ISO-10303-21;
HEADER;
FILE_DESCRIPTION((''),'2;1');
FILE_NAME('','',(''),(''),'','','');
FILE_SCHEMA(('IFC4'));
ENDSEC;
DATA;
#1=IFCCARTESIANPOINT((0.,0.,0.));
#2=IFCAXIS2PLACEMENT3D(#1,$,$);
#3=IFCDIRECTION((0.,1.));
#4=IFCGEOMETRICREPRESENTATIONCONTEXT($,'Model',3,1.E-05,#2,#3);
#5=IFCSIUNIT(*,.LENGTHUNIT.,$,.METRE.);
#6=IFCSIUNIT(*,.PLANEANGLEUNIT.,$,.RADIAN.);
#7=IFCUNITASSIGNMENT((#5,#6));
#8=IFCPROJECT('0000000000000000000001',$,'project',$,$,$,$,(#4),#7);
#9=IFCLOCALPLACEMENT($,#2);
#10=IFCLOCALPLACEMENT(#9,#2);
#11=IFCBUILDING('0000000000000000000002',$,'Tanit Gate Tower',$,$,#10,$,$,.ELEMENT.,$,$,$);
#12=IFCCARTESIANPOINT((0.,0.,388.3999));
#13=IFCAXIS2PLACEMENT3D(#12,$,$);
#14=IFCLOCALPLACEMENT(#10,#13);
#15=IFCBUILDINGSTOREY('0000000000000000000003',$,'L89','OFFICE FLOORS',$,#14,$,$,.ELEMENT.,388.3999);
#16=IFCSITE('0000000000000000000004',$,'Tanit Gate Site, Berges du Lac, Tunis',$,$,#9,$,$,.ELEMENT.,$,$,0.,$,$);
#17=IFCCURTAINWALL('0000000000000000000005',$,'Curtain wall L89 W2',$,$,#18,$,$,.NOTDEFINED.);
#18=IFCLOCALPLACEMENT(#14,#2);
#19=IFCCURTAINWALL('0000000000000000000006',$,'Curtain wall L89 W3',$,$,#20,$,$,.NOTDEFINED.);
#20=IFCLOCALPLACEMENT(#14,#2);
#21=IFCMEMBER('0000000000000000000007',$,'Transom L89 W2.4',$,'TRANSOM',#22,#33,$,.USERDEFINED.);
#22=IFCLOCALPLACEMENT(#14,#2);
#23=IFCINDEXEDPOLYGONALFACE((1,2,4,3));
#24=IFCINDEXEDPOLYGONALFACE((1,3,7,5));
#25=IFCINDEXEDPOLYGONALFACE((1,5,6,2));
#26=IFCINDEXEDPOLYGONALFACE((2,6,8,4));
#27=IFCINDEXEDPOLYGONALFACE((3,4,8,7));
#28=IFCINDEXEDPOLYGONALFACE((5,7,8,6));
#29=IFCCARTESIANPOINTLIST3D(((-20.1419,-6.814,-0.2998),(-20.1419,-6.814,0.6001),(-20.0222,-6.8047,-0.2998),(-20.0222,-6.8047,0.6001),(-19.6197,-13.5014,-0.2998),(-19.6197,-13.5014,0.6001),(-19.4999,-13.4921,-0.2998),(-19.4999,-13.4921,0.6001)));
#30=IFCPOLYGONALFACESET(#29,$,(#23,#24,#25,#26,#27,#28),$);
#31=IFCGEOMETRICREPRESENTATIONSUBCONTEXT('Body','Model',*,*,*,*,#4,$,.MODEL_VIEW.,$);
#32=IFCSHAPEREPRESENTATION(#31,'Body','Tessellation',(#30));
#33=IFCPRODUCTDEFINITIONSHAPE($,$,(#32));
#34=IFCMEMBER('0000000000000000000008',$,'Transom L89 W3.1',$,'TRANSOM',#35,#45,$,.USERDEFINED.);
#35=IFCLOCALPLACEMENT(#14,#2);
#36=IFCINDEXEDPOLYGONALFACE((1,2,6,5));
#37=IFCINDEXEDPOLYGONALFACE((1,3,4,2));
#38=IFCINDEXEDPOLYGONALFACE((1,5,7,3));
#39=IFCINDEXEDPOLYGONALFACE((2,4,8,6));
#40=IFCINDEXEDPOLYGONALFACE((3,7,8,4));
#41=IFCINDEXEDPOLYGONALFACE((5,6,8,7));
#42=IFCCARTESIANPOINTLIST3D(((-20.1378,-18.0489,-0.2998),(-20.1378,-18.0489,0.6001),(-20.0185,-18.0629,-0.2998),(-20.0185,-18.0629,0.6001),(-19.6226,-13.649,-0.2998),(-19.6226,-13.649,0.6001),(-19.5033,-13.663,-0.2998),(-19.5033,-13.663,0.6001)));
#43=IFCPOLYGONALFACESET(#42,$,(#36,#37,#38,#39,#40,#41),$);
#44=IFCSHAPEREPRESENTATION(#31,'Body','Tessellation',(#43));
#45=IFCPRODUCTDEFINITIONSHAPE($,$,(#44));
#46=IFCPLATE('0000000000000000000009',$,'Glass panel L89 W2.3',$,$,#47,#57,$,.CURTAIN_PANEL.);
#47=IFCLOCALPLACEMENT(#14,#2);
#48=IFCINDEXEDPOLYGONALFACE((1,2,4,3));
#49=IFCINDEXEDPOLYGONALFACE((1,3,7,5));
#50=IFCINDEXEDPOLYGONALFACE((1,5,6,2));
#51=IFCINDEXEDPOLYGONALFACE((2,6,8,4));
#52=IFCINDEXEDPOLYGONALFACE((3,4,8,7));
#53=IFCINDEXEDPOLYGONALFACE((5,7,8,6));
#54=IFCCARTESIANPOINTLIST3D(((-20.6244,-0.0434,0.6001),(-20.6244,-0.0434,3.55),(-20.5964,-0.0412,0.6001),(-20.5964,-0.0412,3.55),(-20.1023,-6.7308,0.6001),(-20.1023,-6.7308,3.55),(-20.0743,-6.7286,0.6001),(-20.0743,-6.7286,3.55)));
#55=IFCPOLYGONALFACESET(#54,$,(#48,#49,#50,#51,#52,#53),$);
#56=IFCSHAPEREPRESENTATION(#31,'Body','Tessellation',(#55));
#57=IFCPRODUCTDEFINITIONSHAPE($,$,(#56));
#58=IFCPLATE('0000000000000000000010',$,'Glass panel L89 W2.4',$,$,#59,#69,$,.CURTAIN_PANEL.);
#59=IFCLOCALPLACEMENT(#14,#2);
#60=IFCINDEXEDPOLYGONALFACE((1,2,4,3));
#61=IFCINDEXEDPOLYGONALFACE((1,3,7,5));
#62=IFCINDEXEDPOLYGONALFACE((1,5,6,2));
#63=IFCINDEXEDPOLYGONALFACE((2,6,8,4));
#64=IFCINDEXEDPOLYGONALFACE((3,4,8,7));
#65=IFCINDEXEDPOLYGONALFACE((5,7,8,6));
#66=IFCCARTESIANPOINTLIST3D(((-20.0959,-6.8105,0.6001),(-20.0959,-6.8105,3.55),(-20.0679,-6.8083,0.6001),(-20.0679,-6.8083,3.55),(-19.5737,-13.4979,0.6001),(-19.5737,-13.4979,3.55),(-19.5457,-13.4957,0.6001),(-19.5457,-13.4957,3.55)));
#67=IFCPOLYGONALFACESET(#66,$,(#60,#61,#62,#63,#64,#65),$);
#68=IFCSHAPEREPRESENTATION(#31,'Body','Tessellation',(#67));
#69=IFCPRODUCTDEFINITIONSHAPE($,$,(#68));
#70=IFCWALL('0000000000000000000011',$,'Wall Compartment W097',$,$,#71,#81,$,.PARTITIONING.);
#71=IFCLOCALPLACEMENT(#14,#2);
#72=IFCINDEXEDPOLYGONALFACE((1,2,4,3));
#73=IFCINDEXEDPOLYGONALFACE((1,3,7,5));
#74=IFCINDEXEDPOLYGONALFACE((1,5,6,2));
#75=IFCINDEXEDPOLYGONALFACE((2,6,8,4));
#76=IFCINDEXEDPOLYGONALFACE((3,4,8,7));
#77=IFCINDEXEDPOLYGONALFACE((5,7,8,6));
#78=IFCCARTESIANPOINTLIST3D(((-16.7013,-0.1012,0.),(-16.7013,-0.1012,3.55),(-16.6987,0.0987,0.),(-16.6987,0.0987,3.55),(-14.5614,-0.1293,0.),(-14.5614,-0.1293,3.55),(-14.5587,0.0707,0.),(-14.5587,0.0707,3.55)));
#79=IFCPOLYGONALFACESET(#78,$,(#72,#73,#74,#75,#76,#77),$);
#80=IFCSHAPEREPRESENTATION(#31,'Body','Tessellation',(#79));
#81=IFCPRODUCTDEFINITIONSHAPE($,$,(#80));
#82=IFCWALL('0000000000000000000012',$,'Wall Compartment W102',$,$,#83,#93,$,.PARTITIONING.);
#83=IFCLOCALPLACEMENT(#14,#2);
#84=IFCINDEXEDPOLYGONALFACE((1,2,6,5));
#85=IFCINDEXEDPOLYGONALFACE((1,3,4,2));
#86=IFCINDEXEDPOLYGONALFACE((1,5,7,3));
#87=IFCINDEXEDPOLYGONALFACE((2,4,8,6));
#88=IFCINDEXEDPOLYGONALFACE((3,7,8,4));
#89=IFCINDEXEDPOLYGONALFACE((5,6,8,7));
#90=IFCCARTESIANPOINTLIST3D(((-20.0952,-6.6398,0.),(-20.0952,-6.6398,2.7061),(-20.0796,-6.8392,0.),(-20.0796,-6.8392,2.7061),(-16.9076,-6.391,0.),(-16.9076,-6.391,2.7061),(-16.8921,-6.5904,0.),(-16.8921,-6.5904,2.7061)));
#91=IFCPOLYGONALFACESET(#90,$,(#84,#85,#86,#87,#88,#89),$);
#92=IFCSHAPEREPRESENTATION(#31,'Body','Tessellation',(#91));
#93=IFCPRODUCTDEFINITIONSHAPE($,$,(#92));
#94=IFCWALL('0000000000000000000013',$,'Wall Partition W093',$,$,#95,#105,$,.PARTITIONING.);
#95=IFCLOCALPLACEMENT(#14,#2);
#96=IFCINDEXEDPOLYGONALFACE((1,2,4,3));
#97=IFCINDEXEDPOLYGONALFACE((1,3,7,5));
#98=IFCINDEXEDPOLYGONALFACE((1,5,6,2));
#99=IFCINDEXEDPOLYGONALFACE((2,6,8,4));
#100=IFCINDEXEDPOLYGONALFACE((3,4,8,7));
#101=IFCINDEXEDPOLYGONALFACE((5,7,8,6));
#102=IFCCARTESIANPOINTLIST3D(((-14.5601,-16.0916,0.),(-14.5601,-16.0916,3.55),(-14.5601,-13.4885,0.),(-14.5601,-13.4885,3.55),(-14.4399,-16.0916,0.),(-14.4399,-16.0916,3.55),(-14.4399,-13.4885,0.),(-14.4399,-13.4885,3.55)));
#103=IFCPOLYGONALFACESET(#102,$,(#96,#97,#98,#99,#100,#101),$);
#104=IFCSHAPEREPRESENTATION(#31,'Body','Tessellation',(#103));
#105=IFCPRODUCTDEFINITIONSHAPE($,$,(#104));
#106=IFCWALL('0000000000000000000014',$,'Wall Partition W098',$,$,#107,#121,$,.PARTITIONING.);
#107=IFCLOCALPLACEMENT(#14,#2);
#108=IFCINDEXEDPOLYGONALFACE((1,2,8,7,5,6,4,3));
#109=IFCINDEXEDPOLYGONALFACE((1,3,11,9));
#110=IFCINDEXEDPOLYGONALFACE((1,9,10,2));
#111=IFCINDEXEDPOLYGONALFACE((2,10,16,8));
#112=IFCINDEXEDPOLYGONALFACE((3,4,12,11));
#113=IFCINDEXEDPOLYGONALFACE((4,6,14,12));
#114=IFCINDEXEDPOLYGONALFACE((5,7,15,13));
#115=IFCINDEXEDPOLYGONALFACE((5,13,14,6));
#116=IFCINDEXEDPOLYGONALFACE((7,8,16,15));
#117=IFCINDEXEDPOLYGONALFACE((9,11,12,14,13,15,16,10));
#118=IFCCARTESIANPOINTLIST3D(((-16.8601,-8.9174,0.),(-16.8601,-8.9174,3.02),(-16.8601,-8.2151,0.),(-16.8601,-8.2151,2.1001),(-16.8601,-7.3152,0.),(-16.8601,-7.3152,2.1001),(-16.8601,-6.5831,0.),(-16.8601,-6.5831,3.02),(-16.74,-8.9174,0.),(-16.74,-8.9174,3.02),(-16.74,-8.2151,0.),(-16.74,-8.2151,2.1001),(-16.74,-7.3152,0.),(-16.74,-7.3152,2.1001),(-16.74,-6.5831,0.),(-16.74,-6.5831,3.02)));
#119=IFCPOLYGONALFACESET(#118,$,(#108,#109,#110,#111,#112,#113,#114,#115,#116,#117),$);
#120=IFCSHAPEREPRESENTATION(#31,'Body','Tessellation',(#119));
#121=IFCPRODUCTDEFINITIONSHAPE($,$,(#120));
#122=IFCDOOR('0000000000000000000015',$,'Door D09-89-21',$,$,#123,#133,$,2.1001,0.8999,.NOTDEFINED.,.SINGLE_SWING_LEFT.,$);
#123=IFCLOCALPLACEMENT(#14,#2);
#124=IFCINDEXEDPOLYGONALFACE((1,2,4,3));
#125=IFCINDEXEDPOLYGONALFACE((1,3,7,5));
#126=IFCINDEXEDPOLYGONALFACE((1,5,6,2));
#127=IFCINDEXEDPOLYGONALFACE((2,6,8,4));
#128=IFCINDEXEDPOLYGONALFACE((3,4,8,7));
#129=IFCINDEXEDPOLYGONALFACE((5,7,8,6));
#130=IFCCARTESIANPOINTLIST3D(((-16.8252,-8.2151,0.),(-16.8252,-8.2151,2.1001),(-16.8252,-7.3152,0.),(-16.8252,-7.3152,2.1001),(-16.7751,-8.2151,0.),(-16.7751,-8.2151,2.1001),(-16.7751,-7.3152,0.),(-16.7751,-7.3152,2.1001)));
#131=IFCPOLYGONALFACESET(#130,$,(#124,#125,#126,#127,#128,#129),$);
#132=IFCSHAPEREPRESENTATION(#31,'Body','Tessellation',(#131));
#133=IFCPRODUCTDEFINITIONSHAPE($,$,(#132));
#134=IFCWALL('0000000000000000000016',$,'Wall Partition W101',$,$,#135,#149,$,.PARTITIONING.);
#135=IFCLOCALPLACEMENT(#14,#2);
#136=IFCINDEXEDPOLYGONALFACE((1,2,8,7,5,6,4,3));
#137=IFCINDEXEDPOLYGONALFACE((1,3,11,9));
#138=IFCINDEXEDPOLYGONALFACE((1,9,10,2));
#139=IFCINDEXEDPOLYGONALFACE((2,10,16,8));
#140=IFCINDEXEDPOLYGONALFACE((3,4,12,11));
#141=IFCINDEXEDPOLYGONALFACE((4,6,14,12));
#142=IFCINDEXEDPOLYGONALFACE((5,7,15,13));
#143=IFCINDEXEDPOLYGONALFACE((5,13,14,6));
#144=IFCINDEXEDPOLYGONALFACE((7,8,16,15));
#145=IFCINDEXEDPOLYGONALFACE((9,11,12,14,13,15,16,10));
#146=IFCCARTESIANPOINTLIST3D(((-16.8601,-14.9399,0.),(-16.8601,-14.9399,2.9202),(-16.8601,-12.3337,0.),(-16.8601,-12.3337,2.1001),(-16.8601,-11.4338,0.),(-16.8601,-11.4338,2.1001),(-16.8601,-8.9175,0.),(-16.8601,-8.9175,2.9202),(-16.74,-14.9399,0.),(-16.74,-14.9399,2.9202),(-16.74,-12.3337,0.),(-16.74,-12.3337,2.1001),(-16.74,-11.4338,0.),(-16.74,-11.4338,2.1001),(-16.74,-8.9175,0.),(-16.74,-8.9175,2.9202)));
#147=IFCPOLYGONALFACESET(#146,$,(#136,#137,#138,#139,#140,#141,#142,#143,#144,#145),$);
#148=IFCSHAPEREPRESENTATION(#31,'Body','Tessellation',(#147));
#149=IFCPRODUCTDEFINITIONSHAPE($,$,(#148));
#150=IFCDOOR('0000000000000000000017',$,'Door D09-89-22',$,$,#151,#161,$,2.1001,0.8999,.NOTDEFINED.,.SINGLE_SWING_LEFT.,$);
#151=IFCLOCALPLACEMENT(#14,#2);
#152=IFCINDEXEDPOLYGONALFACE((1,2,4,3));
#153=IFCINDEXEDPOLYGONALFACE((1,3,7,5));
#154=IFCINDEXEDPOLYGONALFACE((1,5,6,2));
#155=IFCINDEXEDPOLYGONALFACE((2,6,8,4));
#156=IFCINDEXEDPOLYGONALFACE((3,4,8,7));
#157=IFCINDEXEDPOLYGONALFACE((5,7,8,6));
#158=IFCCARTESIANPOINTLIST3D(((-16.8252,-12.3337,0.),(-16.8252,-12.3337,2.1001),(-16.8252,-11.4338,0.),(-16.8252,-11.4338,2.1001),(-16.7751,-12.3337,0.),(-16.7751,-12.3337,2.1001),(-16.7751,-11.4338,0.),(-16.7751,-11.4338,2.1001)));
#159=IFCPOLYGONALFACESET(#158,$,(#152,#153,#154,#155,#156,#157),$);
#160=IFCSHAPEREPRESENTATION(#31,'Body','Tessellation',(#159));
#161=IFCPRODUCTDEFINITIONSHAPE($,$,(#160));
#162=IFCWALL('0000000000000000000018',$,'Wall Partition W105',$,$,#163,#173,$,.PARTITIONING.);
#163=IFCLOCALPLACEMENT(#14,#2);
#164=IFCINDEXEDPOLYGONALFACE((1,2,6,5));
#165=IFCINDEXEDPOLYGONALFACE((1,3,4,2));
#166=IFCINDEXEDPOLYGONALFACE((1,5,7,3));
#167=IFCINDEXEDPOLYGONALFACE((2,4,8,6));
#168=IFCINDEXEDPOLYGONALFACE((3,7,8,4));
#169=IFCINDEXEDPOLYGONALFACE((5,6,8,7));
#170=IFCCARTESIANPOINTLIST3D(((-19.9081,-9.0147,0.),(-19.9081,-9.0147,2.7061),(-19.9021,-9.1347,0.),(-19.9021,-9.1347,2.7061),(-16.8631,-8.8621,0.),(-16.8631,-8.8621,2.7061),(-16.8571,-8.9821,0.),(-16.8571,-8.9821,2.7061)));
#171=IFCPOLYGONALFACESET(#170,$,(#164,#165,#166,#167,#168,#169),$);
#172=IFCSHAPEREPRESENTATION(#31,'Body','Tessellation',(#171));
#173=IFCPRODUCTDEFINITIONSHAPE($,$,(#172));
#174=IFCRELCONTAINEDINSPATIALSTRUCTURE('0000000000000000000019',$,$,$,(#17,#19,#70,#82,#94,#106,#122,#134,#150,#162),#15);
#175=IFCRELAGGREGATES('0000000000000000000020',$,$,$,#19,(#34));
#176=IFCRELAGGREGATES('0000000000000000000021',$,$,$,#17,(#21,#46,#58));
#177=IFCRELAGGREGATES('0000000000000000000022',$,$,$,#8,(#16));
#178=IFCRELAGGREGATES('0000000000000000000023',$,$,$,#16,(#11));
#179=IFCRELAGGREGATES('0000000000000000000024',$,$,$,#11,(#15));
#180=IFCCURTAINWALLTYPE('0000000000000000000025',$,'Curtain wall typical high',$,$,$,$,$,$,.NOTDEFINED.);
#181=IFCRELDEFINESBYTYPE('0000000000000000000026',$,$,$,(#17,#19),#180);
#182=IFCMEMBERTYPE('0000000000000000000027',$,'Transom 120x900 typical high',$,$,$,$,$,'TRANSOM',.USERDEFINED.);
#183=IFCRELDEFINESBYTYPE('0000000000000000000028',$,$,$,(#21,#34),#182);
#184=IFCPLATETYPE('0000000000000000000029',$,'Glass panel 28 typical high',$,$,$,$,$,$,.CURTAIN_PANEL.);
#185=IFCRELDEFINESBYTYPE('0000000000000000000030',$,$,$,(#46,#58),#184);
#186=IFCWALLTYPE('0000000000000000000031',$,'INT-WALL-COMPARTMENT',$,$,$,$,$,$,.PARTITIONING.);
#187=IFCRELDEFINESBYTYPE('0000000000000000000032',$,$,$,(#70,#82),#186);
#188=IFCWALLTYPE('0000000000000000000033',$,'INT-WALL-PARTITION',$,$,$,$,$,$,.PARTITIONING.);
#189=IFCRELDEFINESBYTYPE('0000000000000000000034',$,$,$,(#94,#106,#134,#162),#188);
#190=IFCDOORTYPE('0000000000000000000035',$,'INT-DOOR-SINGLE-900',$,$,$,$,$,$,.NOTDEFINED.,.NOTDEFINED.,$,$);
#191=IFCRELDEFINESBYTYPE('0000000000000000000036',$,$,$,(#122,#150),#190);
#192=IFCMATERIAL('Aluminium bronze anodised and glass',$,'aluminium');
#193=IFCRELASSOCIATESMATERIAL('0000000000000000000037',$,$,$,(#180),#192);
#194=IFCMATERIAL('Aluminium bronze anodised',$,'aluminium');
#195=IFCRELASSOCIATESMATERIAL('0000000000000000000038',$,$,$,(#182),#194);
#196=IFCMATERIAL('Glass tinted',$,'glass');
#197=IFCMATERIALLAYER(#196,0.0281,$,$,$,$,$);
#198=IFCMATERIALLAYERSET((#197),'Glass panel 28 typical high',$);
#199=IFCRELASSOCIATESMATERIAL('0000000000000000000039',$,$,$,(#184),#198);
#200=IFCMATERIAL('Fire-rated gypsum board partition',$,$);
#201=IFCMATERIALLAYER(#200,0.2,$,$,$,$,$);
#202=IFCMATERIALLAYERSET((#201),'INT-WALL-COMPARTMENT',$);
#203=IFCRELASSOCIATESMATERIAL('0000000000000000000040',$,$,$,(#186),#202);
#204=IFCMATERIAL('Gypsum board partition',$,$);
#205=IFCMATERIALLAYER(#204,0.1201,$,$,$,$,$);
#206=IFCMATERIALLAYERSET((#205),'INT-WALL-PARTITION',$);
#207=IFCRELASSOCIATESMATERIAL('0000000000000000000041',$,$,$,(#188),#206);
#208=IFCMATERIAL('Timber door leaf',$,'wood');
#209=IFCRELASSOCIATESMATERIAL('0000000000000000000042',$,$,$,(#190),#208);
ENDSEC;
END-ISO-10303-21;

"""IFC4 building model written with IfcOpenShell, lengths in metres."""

from ifc_helpers import new_model, si_unit, direction, frame, frame_2d, origin, origin_2d, place, context, subcontext, project, spatial, rectangle, extrude, material, layer, layer_set, material_profile, profile_set, type_object, element, fill, aggregate, save


model = new_model("IFC4")

# Units and contexts
model_context = context("Model", 3, precision=1e-05, world=origin(), true_north=direction((0.0, 1.0)))
body_context = subcontext(model_context, "Body", "Model", "MODEL_VIEW")
ifc_project = project(units=[si_unit("LENGTHUNIT", "METRE"), si_unit("PLANEANGLEUNIT", "RADIAN")], contexts=[model_context])

# Site, building, storey
site_placement = place(None, origin())
site = spatial("IfcSite", under=ifc_project, at=site_placement, Name="Tanit Gate Site, Berges du Lac, Tunis", CompositionType="ELEMENT", RefElevation=0.0)
building_placement = place(site_placement, origin())
building = spatial("IfcBuilding", under=site, at=building_placement, Name="Tanit Gate Tower", CompositionType="ELEMENT")
storey_placement = place(building_placement, frame((0.0, 0.0, 388.3999)))
storey = spatial("IfcBuildingStorey", under=building, at=storey_placement, Name="L89", Description="OFFICE FLOORS", CompositionType="ELEMENT", Elevation=388.3999)

# Curtain wall
ifc_material_1 = material(Name="Aluminium bronze anodised and glass", Category="aluminium")
curtain_wall_type = type_object("IfcCurtainWallType", Name="Curtain wall typical high", PredefinedType="NOTDEFINED", material=ifc_material_1)
curtain_wall_1_placement = place(storey_placement, origin())
curtain_wall_1 = element("IfcCurtainWall", 1, at=curtain_wall_1_placement, inside=storey, type_object=curtain_wall_type, Name="Curtain wall L89 W2", PredefinedType="NOTDEFINED")

# Curtain wall
curtain_wall_2_placement = place(storey_placement, origin())
curtain_wall_2 = element("IfcCurtainWall", 2, at=curtain_wall_2_placement, inside=storey, type_object=curtain_wall_type, Name="Curtain wall L89 W3", PredefinedType="NOTDEFINED")

# Members
ifc_material_2 = material(Name="Aluminium bronze anodised", Category="aluminium")
ifc_material_profile_1 = material_profile(ifc_material_2, rectangle(XDim=0.1201, YDim=0.8999, at=origin_2d()), Name="120x900 bronze transom")
ifc_profile_set_1 = profile_set([ifc_material_profile_1], Name="Aluminium bronze anodised")
member_type_1 = type_object("IfcMemberType", Name="Transom 120x900 typical high", ElementType="TRANSOM", PredefinedType="USERDEFINED", material=ifc_profile_set_1)
member_1_placement = place(storey_placement, frame((-20.082, -6.8093, 0.1501), z_axis=(0.077851, -0.996965, 0.0), x_axis=(0.996965, 0.077851, 0.0)))
member_1 = element("IfcMember", 3, at=member_1_placement, type_object=member_type_1, Name="Transom L89 W2.4", ObjectType="TRANSOM", PredefinedType="USERDEFINED", context=body_context, shape_type="SweptSolid", body=[
    extrude(rectangle(XDim=0.1201, YDim=0.8999, at=origin_2d()), origin(), (0.0, 0.0, 1.0), 6.7078),
])
member_2_placement = place(storey_placement, frame((-19.563, -13.656, 0.1501), z_axis=(-0.116285, -0.993216, 0.0), x_axis=(0.993216, -0.116285, 0.0)))
member_2 = element("IfcMember", 4, at=member_2_placement, type_object=member_type_1, Name="Transom L89 W3.1", ObjectType="TRANSOM", PredefinedType="USERDEFINED", context=body_context, shape_type="SweptSolid", body=[
    extrude(rectangle(XDim=0.1201, YDim=0.8999, at=origin_2d()), origin(), (0.0, 0.0, 1.0), 4.4299),
])
aggregate(curtain_wall_2, [member_2])

# Plates
ifc_material_3 = material(Name="Glass tinted", Category="glass")
ifc_layer_1 = layer(ifc_material_3, 0.0281)
ifc_layer_set_1 = layer_set([ifc_layer_1], Name="Glass panel 28 typical high")
plate_type = type_object("IfcPlateType", Name="Glass panel 28 typical high", PredefinedType="CURTAIN_PANEL", material=ifc_layer_set_1)
plate_1_placement = place(storey_placement, frame((-20.3494, -3.386, 0.6001), z_axis=(0.0, 0.0, 1.0), x_axis=(0.077839, -0.996966, 0.0)))
plate_1 = element("IfcPlate", 5, at=plate_1_placement, type_object=plate_type, Name="Glass panel L89 W2.3", PredefinedType="CURTAIN_PANEL", context=body_context, shape_type="SweptSolid", body=[
    extrude(rectangle(XDim=6.7078, YDim=0.0281, at=origin_2d()), origin(), (0.0, 0.0, 1.0), 2.95),
])
plate_2_placement = place(storey_placement, frame((-19.8208, -10.1531, 0.6001), z_axis=(0.0, 0.0, 1.0), x_axis=(0.077839, -0.996966, 0.0)))
plate_2 = element("IfcPlate", 6, at=plate_2_placement, type_object=plate_type, Name="Glass panel L89 W2.4", PredefinedType="CURTAIN_PANEL", context=body_context, shape_type="SweptSolid", body=[
    extrude(rectangle(XDim=6.7078, YDim=0.0281, at=origin_2d()), origin(), (0.0, 0.0, 1.0), 2.95),
])
aggregate(curtain_wall_1, [member_1, plate_1, plate_2])

# Walls
ifc_material_4 = material(Name="Fire-rated gypsum board partition")
ifc_layer_2 = layer(ifc_material_4, 0.2)
ifc_layer_set_2 = layer_set([ifc_layer_2], Name="INT-WALL-COMPARTMENT")
wall_type_1 = type_object("IfcWallType", Name="INT-WALL-COMPARTMENT", PredefinedType="PARTITIONING", material=ifc_layer_set_2)
wall_1_placement = place(storey_placement, frame((-14.5601, -0.0293, 0.0), z_axis=(0.0, 0.0, 1.0), x_axis=(-0.999914, 0.013119, 0.0)))
element("IfcWall", 7, at=wall_1_placement, inside=storey, type_object=wall_type_1, Name="Wall Compartment W097", PredefinedType="PARTITIONING", context=body_context, shape_type="SweptSolid", body=[
    extrude(rectangle(XDim=2.1401, YDim=0.2, at=frame_2d((1.0701, 0.0))), origin(), (0.0, 0.0, 1.0), 3.55),
])
wall_2_placement = place(storey_placement, frame((-20.0874, -6.7395, 0.0), z_axis=(0.0, 0.0, 1.0), x_axis=(0.996968, 0.077812, 0.0)))
element("IfcWall", 8, at=wall_2_placement, inside=storey, type_object=wall_type_1, Name="Wall Compartment W102", PredefinedType="PARTITIONING", context=body_context, shape_type="SweptSolid", body=[
    extrude(rectangle(XDim=3.1973, YDim=0.2, at=frame_2d((1.5986, 0.0))), origin(), (0.0, 0.0, 1.0), 2.7061),
])
ifc_material_5 = material(Name="Gypsum board partition")
ifc_layer_3 = layer(ifc_material_5, 0.1201)
ifc_layer_set_3 = layer_set([ifc_layer_3], Name="INT-WALL-PARTITION")
wall_type_2 = type_object("IfcWallType", Name="INT-WALL-PARTITION", PredefinedType="PARTITIONING", material=ifc_layer_set_3)
wall_3_placement = place(storey_placement, frame((-14.5, -13.4885, 0.0), z_axis=(0.0, 0.0, 1.0), x_axis=(0.0, -1.0, 0.0)))
element("IfcWall", 9, at=wall_3_placement, inside=storey, type_object=wall_type_2, Name="Wall Partition W093", PredefinedType="PARTITIONING", context=body_context, shape_type="SweptSolid", body=[
    extrude(rectangle(XDim=2.603, YDim=0.1201, at=frame_2d((1.3015, 0.0))), origin(), (0.0, 0.0, 1.0), 3.55),
])

# Walls, openings, doors
wall_4_placement = place(storey_placement, frame((-16.8, -6.5833, 0.0), z_axis=(0.0, 0.0, 1.0), x_axis=(0.0, -1.0, 0.0)))
wall_4 = element("IfcWall", 10, at=wall_4_placement, inside=storey, type_object=wall_type_2, Name="Wall Partition W098", PredefinedType="PARTITIONING", context=body_context, shape_type="SweptSolid", body=[
    extrude(rectangle(XDim=2.3342, YDim=0.1201, at=frame_2d((1.167, 0.0))), origin(), (0.0, 0.0, 1.0), 3.02),
])
opening_1_placement = place(wall_4_placement, frame((0.7319, 0.0, 0.0)))
opening_1 = element("IfcOpeningElement", 11, at=opening_1_placement, cuts=wall_4, PredefinedType="OPENING", context=body_context, shape_type="SweptSolid", body=[
    extrude(rectangle(XDim=0.8999, YDim=2.1001, at=frame_2d((0.45, 1.05))), frame((0.0, 0.0701, 0.0), z_axis=(0.0, -1.0, 0.0), x_axis=(1.0, 0.0, 0.0)), (0.0, 0.0, 1.0), 0.1401),
])
ifc_material_6 = material(Name="Timber door leaf", Category="wood")
door_type = type_object("IfcDoorType", Name="INT-DOOR-SINGLE-900", OperationType="NOTDEFINED", PredefinedType="NOTDEFINED", material=ifc_material_6)
door_1_placement = place(opening_1_placement, origin())
door_1 = element("IfcDoor", 12, at=door_1_placement, inside=storey, type_object=door_type, Name="Door D09-89-21", OperationType="SINGLE_SWING_LEFT", OverallHeight=2.1001, OverallWidth=0.8999, PredefinedType="NOTDEFINED", context=body_context, shape_type="SweptSolid", body=[
    extrude(rectangle(XDim=0.8999, YDim=2.1001, at=frame_2d((0.45, 1.05))), frame((0.0, 0.0249, 0.0), z_axis=(0.0, -1.0, 0.0), x_axis=(1.0, 0.0, 0.0)), (0.0, 0.0, 1.0), 0.05),
])
fill(opening_1, door_1)
wall_5_placement = place(storey_placement, frame((-16.8, -8.9175, 0.0), z_axis=(0.0, 0.0, 1.0), x_axis=(0.0, -1.0, 0.0)))
wall_5 = element("IfcWall", 13, at=wall_5_placement, inside=storey, type_object=wall_type_2, Name="Wall Partition W101", PredefinedType="PARTITIONING", context=body_context, shape_type="SweptSolid", body=[
    extrude(rectangle(XDim=6.0225, YDim=0.1201, at=frame_2d((3.0112, 0.0))), origin(), (0.0, 0.0, 1.0), 2.9202),
])
opening_2_placement = place(wall_5_placement, frame((2.5164, 0.0, 0.0)))
opening_2 = element("IfcOpeningElement", 14, at=opening_2_placement, cuts=wall_5, PredefinedType="OPENING", context=body_context, shape_type="SweptSolid", body=[
    extrude(rectangle(XDim=0.8999, YDim=2.1001, at=frame_2d((0.45, 1.05))), frame((0.0, 0.0701, 0.0), z_axis=(0.0, -1.0, 0.0), x_axis=(1.0, 0.0, 0.0)), (0.0, 0.0, 1.0), 0.1401),
])
door_2_placement = place(opening_2_placement, origin())
door_2 = element("IfcDoor", 15, at=door_2_placement, inside=storey, type_object=door_type, Name="Door D09-89-22", OperationType="SINGLE_SWING_LEFT", OverallHeight=2.1001, OverallWidth=0.8999, PredefinedType="NOTDEFINED", context=body_context, shape_type="SweptSolid", body=[
    extrude(rectangle(XDim=0.8999, YDim=2.1001, at=frame_2d((0.45, 1.05))), frame((0.0, 0.0249, 0.0), z_axis=(0.0, -1.0, 0.0), x_axis=(1.0, 0.0, 0.0)), (0.0, 0.0, 1.0), 0.05),
])
fill(opening_2, door_2)

# Wall
wall_6_placement = place(storey_placement, frame((-16.8601, -8.9221, 0.0), z_axis=(0.0, 0.0, 1.0), x_axis=(-0.998747, -0.050049, 0.0)))
element("IfcWall", 16, at=wall_6_placement, inside=storey, type_object=wall_type_2, Name="Wall Partition W105", PredefinedType="PARTITIONING", context=body_context, shape_type="SweptSolid", body=[
    extrude(rectangle(XDim=3.0488, YDim=0.1201, at=frame_2d((1.5244, 0.0))), origin(), (0.0, 0.0, 1.0), 2.7061),
])

save(model, "model.ifc")
